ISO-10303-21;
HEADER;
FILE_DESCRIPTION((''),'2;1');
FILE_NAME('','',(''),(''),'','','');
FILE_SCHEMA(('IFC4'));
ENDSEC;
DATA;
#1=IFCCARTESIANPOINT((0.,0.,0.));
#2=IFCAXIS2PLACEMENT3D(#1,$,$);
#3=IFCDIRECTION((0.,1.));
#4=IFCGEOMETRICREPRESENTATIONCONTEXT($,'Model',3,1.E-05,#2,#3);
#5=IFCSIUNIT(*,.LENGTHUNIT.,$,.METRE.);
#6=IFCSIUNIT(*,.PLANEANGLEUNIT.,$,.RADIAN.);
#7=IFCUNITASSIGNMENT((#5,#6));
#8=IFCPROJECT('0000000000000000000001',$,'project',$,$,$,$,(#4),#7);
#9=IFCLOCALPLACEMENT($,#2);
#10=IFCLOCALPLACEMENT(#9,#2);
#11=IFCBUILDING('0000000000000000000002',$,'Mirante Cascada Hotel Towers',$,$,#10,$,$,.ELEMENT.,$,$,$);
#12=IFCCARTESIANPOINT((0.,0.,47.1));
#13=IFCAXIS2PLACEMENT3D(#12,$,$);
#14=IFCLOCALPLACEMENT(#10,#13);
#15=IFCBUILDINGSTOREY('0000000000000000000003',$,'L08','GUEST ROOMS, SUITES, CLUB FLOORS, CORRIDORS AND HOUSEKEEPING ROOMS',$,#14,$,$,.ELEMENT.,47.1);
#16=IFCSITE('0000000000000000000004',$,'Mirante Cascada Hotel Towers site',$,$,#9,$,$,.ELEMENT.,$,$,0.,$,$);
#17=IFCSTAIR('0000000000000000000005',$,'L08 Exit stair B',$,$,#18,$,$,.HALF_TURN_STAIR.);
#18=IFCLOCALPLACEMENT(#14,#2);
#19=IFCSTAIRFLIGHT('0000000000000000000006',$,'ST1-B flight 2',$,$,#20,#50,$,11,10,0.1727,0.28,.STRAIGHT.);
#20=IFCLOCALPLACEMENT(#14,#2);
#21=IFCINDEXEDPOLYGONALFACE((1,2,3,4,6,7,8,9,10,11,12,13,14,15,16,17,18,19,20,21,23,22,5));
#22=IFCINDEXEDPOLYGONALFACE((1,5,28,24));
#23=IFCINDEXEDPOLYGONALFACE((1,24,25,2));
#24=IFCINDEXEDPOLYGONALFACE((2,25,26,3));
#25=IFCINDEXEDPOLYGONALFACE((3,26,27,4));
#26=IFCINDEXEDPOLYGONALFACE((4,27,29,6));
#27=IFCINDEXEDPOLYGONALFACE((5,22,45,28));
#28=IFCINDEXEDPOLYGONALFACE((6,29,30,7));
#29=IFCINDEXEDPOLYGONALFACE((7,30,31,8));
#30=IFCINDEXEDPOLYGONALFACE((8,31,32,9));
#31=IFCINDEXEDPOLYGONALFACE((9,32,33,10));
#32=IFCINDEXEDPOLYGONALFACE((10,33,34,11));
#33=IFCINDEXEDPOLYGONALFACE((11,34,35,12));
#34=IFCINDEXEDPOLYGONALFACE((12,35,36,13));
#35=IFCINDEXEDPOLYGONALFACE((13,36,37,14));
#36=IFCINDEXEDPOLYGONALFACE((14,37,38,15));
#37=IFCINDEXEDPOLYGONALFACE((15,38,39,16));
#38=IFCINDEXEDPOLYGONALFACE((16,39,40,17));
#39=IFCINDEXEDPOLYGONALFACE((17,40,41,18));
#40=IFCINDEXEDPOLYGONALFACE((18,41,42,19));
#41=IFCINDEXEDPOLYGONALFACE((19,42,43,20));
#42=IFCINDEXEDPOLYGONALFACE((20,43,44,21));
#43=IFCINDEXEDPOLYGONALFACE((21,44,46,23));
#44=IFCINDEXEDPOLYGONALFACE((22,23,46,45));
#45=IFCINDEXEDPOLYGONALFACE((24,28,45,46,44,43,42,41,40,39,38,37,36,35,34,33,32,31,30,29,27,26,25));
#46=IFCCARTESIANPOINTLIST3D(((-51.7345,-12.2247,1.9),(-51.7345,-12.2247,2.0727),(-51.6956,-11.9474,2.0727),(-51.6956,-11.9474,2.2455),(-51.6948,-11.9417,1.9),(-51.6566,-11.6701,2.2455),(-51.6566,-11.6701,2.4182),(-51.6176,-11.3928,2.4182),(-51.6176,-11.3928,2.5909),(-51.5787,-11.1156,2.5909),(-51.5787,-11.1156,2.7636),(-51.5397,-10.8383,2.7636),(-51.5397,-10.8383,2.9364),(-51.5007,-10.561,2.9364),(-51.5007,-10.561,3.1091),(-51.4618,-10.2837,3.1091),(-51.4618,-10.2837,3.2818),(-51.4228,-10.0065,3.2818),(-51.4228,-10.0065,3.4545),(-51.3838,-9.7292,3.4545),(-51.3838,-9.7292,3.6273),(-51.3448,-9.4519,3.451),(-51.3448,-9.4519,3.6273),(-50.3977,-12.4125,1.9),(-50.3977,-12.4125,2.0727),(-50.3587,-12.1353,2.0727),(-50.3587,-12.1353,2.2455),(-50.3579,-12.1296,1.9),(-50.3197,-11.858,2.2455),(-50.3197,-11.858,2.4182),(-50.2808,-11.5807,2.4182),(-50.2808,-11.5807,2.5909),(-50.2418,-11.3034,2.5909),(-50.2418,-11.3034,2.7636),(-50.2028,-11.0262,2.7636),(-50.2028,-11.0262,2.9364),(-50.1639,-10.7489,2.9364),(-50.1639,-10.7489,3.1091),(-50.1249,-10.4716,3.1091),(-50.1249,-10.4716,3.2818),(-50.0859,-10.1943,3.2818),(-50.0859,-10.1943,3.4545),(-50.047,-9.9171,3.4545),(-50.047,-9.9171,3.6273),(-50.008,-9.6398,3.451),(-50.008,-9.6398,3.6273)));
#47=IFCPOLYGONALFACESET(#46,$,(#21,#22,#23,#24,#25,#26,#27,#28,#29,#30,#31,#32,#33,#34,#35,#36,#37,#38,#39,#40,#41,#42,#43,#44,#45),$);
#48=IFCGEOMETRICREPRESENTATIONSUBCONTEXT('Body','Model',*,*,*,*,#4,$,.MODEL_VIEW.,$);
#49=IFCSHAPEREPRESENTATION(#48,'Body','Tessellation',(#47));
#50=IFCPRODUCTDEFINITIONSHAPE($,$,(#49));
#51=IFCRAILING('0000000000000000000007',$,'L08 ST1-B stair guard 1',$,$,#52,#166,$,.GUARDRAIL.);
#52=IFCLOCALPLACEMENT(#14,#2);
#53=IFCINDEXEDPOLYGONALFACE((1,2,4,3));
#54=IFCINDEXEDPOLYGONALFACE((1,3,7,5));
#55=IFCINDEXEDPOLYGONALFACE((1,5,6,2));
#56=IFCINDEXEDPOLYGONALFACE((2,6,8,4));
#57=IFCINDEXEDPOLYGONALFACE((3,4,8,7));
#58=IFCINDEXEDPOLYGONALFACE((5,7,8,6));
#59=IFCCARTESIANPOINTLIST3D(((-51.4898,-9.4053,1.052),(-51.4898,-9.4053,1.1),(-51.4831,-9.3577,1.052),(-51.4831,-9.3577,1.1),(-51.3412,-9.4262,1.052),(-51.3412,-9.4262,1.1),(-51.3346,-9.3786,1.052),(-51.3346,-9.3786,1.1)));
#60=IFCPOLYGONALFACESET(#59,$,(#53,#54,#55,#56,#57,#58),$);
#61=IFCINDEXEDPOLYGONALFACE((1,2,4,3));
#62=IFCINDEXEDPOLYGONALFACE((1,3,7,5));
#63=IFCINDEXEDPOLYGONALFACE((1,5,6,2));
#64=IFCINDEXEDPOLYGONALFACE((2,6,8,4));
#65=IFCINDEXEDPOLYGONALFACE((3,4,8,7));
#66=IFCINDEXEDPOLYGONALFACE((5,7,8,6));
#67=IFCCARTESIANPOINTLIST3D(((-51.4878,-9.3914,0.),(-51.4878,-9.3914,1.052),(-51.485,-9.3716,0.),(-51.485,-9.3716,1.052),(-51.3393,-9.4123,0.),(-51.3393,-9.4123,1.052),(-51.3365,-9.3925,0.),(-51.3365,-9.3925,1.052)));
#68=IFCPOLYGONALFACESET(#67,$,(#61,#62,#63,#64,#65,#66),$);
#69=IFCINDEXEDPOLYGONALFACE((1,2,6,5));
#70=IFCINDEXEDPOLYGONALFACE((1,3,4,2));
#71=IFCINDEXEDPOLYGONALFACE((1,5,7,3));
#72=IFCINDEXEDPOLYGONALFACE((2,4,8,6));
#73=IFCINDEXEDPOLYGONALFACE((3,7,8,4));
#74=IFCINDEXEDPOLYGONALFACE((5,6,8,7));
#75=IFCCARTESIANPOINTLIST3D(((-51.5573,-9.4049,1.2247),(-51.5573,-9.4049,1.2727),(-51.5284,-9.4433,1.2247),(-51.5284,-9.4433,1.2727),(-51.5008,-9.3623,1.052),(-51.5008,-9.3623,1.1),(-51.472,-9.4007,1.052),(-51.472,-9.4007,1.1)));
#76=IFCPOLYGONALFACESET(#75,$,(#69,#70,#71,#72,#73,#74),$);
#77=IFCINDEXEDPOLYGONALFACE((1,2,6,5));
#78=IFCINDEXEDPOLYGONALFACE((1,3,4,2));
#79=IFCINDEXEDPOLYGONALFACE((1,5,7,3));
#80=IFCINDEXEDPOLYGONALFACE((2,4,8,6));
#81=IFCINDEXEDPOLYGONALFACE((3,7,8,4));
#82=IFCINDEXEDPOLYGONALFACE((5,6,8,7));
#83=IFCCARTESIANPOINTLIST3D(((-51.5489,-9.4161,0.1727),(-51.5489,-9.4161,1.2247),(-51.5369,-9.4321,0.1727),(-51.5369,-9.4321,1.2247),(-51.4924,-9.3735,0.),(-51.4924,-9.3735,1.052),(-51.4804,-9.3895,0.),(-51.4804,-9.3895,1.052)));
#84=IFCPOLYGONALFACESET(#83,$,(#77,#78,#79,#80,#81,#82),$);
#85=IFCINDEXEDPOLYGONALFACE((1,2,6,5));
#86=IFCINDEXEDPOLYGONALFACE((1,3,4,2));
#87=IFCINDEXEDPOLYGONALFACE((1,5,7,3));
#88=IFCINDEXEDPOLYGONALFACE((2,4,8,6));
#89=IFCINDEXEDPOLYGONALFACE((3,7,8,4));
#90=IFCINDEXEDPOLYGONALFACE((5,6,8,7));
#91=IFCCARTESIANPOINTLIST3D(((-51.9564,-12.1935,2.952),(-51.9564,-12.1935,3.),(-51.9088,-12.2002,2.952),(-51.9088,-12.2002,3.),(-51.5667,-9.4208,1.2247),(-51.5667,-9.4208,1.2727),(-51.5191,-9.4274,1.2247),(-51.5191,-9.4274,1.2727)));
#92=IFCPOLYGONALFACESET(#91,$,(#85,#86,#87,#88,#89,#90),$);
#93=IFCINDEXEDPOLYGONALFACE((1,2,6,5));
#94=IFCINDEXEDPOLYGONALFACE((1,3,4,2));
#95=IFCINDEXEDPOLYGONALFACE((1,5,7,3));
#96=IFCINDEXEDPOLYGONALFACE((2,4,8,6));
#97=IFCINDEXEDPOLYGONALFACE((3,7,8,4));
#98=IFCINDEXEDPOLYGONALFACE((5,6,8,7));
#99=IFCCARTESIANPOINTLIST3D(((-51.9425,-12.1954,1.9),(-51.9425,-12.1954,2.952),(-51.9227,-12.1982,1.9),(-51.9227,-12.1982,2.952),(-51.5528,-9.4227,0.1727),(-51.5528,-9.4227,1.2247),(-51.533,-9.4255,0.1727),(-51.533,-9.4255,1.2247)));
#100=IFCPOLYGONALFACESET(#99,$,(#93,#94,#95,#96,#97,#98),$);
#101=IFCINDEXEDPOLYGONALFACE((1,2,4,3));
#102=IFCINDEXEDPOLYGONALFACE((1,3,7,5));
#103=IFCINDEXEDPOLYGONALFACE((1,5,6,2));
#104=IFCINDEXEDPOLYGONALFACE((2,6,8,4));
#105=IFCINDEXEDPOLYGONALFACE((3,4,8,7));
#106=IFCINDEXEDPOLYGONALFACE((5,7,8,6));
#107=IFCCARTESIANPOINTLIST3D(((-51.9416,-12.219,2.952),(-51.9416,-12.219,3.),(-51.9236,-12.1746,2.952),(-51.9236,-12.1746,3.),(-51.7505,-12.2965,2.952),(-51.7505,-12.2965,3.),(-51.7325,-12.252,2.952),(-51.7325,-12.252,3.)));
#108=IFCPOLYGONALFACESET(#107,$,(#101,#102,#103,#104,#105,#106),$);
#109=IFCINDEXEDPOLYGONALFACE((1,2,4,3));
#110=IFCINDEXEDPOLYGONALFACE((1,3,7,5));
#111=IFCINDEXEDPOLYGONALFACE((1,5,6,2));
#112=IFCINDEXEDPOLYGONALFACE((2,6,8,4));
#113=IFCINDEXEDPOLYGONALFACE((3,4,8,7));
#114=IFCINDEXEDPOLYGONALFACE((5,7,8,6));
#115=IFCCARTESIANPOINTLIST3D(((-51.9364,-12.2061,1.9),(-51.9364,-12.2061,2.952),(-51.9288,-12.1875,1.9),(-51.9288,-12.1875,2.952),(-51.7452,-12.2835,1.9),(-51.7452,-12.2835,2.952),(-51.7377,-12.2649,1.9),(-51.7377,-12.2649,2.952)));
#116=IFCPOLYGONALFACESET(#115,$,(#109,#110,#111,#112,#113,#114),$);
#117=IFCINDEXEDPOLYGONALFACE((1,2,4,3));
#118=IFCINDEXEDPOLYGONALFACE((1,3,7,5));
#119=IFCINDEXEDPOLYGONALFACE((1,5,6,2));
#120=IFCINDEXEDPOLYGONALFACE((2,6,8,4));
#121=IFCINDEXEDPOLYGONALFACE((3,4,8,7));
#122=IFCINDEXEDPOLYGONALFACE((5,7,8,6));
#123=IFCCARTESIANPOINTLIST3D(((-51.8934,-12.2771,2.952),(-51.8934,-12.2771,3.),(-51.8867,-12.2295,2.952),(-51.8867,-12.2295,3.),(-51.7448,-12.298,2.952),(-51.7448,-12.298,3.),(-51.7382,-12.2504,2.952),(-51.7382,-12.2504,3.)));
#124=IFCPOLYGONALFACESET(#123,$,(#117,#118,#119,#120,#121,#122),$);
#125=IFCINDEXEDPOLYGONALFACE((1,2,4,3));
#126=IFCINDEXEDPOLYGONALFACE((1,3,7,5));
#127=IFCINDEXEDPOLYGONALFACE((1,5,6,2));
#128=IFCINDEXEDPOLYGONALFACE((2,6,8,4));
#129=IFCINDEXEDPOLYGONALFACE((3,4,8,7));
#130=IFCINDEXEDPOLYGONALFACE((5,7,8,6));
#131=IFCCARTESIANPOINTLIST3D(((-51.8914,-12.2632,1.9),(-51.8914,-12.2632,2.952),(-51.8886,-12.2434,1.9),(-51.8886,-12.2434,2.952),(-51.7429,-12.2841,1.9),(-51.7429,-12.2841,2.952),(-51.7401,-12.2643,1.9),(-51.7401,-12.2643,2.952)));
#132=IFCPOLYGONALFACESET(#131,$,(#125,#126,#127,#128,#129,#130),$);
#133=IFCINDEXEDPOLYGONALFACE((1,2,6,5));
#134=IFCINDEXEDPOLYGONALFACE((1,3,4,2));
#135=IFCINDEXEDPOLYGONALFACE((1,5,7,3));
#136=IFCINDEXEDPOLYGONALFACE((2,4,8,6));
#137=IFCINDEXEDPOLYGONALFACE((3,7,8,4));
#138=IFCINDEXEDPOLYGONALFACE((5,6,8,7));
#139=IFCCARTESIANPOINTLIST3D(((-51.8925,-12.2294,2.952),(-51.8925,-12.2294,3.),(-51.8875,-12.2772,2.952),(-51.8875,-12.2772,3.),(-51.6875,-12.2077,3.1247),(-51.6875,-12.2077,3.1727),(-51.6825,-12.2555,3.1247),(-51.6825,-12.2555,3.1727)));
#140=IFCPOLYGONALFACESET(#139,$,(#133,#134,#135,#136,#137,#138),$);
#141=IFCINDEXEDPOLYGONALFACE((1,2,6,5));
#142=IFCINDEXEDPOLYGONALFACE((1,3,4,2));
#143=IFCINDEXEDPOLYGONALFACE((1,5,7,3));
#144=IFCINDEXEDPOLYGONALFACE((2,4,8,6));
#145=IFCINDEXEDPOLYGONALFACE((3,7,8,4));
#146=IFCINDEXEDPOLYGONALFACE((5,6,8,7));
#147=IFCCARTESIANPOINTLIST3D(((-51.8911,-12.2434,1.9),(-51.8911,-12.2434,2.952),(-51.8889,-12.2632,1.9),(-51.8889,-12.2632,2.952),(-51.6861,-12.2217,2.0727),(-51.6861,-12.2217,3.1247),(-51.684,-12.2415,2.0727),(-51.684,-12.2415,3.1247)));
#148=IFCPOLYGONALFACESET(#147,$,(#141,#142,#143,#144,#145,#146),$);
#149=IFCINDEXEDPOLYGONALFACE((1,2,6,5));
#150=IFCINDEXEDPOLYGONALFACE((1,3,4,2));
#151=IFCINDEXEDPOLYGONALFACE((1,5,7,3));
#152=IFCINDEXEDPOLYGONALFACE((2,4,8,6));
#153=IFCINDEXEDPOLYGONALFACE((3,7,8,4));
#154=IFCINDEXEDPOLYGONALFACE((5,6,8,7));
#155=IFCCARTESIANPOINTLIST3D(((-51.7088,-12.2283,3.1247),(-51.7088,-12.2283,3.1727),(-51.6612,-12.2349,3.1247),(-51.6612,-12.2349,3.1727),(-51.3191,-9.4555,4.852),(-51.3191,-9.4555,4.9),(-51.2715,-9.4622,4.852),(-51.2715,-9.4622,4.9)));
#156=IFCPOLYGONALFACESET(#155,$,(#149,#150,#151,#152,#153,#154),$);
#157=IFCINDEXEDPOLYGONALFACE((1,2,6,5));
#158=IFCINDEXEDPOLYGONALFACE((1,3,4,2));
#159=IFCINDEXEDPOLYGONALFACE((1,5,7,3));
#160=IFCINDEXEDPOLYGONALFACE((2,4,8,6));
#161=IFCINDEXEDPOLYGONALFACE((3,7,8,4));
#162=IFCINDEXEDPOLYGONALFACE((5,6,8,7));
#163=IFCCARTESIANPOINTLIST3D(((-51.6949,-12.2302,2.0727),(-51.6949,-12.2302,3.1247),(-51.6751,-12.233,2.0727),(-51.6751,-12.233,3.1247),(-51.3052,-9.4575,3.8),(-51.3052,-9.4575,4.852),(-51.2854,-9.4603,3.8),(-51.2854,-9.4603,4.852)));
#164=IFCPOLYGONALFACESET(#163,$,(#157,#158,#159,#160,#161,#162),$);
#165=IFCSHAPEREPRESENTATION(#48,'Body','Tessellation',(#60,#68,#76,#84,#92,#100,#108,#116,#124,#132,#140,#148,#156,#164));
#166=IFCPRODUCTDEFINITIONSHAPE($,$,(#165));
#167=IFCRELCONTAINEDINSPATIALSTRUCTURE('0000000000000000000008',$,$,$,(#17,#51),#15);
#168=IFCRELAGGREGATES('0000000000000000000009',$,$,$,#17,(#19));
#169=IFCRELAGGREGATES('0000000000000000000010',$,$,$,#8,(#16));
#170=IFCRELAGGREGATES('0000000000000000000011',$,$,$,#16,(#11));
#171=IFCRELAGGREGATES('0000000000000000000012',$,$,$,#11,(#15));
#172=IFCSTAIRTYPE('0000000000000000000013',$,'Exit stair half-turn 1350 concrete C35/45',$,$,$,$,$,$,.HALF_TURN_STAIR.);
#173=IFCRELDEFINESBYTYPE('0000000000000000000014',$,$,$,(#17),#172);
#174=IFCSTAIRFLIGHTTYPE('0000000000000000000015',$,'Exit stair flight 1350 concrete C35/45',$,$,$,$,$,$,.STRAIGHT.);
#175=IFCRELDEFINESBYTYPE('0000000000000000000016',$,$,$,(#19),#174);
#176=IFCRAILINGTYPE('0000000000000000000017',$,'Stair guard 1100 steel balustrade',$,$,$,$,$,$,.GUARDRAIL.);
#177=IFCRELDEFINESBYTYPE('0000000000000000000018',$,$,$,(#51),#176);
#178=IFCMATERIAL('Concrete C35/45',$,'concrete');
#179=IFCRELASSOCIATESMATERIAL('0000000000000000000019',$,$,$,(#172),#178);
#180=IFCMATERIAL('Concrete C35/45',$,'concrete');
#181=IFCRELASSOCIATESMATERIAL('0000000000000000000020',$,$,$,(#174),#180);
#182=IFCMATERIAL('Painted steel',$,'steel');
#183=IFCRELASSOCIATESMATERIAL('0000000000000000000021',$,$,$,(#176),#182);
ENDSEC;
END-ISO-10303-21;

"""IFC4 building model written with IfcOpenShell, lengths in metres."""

from ifc_helpers import new_model, si_unit, direction, frame, origin, origin_2d, place, context, subcontext, project, spatial, polyline, rectangle, outline, extrude, material, type_object, element, aggregate, save


model = new_model("IFC4")

# Units and contexts
model_context = context("Model", 3, precision=1e-05, world=origin(), true_north=direction((0.0, 1.0)))
body_context = subcontext(model_context, "Body", "Model", "MODEL_VIEW")
ifc_project = project(units=[si_unit("LENGTHUNIT", "METRE"), si_unit("PLANEANGLEUNIT", "RADIAN")], contexts=[model_context])

# Site, building, storey
site_placement = place(None, origin())
site = spatial("IfcSite", under=ifc_project, at=site_placement, Name="Mirante Cascada Hotel Towers site", CompositionType="ELEMENT", RefElevation=0.0)
building_placement = place(site_placement, origin())
building = spatial("IfcBuilding", under=site, at=building_placement, Name="Mirante Cascada Hotel Towers", CompositionType="ELEMENT")
storey_placement = place(building_placement, frame((0.0, 0.0, 47.1)))
storey = spatial("IfcBuildingStorey", under=building, at=storey_placement, Name="L08", Description="GUEST ROOMS, SUITES, CLUB FLOORS, CORRIDORS AND HOUSEKEEPING ROOMS", CompositionType="ELEMENT", Elevation=47.1)

# Stair, stair flight
ifc_material_1 = material(Name="Concrete C35/45", Category="concrete")
stair_type = type_object("IfcStairType", Name="Exit stair half-turn 1350 concrete C35/45", PredefinedType="HALF_TURN_STAIR", material=ifc_material_1)
stair_placement = place(storey_placement, origin())
stair = element("IfcStair", 1, at=stair_placement, inside=storey, type_object=stair_type, Name="L08 Exit stair B", PredefinedType="HALF_TURN_STAIR")
ifc_material_2 = material(Name="Concrete C35/45", Category="concrete")
stair_flight_type = type_object("IfcStairFlightType", Name="Exit stair flight 1350 concrete C35/45", PredefinedType="STRAIGHT", material=ifc_material_2)
stair_flight_1_placement = place(storey_placement, frame((-51.0661, -12.3186, 1.9), z_axis=(0.0, 0.0, 1.0), x_axis=(0.139173, 0.990268, 0.0)))
stair_flight_1 = element("IfcStairFlight", 2, at=stair_flight_1_placement, type_object=stair_flight_type, Name="ST1-B flight 2", NumberOfRisers=11, NumberOfTreads=10, PredefinedType="STRAIGHT", RiserHeight=0.1727, TreadLength=0.28, context=body_context, shape_type="SweptSolid", body=[
    extrude(outline(polyline([(0.0, 0.0), (0.0, 0.1727), (0.28, 0.1727), (0.28, 0.3455), (0.56, 0.3455), (0.56, 0.5182), (0.84, 0.5182), (0.84, 0.6909), (1.12, 0.6909), (1.12, 0.8636), (1.4, 0.8636), (1.4, 1.0364), (1.68, 1.0364), (1.68, 1.2091), (1.96, 1.2091), (1.96, 1.3818), (2.24, 1.3818), (2.24, 1.5545), (2.52, 1.5545), (2.52, 1.7273), (2.8, 1.7273), (2.8, 1.9), (2.8, 1.551), (0.2857, 0.0), (0.0, 0.0)])), frame((0.0, 0.675, 0.0), z_axis=(0.0, -1.0, 0.0), x_axis=(1.0, 0.0, 0.0)), (0.0, 0.0, 1.0), 1.35),
])
aggregate(stair, [stair_flight_1])

# Railing
ifc_material_3 = material(Name="Painted steel", Category="steel")
railing_type = type_object("IfcRailingType", Name="Stair guard 1100 steel balustrade", PredefinedType="GUARDRAIL", material=ifc_material_3)
railing_placement = place(storey_placement, frame((-51.3379, -9.4024, 0.0)))
element("IfcRailing", 3, at=railing_placement, inside=storey, type_object=railing_type, Name="L08 ST1-B stair guard 1", PredefinedType="GUARDRAIL", context=body_context, shape_type="SweptSolid", body=[
    extrude(rectangle(XDim=0.048, YDim=0.048, at=origin_2d()), frame((0.0, 0.0, 1.076), z_axis=(-0.990241, 0.139367, 0.0), x_axis=(-0.139367, -0.990241, 0.0)), (0.0, 0.0, 1.0), 0.15),
    extrude(rectangle(XDim=0.02, YDim=1.052, at=origin_2d()), frame((0.0, 0.0, 0.526), z_axis=(-0.990241, 0.139367, 0.0), x_axis=(-0.139367, -0.990241, 0.0)), (0.0, 0.0, 1.0), 0.15),
    extrude(rectangle(XDim=0.048, YDim=0.048, at=origin_2d()), frame((-0.1485, 0.0209, 1.076), z_axis=(-0.798471, -0.602033, 0.0), x_axis=(0.602033, -0.798471, 0.0)), (0.0, 0.92534, 0.379139), 0.1866),
    extrude(rectangle(XDim=0.02, YDim=1.052, at=origin_2d()), frame((-0.1485, 0.0209, 0.526), z_axis=(-0.798471, -0.602033, 0.0), x_axis=(0.602033, -0.798471, 0.0)), (0.0, 0.92534, 0.379139), 0.1866),
    extrude(rectangle(XDim=0.048, YDim=0.048, at=origin_2d()), frame((-0.205, -0.0217, 1.2487), z_axis=(-0.139181, -0.990267, 0.0), x_axis=(0.990267, -0.139181, 0.0)), (0.0, 0.525035, 0.851081), 3.2899),
    extrude(rectangle(XDim=0.02, YDim=1.052, at=origin_2d()), frame((-0.205, -0.0217, 0.6987), z_axis=(-0.139181, -0.990267, 0.0), x_axis=(0.990267, -0.139181, 0.0)), (0.0, 0.525035, 0.851081), 3.2899),
    extrude(rectangle(XDim=0.048, YDim=0.048, at=origin_2d()), frame((-0.5947, -2.7944, 2.976), z_axis=(0.926862, -0.375401, 0.0), x_axis=(0.375401, 0.926862, 0.0)), (0.0, 0.0, 1.0), 0.2062),
    extrude(rectangle(XDim=0.02, YDim=1.052, at=origin_2d()), frame((-0.5947, -2.7944, 2.426), z_axis=(0.926862, -0.375401, 0.0), x_axis=(0.375401, 0.926862, 0.0)), (0.0, 0.0, 1.0), 0.2062),
    extrude(rectangle(XDim=0.048, YDim=0.048, at=origin_2d()), frame((-0.4036, -2.8718, 2.976), z_axis=(-0.990241, 0.139367, 0.0), x_axis=(-0.139367, -0.990241, 0.0)), (0.0, 0.0, 1.0), 0.15),
    extrude(rectangle(XDim=0.02, YDim=1.052, at=origin_2d()), frame((-0.4036, -2.8718, 2.426), z_axis=(-0.990241, 0.139367, 0.0), x_axis=(-0.139367, -0.990241, 0.0)), (0.0, 0.0, 1.0), 0.15),
    extrude(rectangle(XDim=0.048, YDim=0.048, at=origin_2d()), frame((-0.5521, -2.8509, 2.976), z_axis=(0.994444, 0.105266, 0.0), x_axis=(-0.105266, 0.994444, 0.0)), (0.0, 0.642184, 0.76655), 0.2689),
    extrude(rectangle(XDim=0.02, YDim=1.052, at=origin_2d()), frame((-0.5521, -2.8509, 2.426), z_axis=(0.994444, 0.105266, 0.0), x_axis=(-0.105266, 0.994444, 0.0)), (0.0, 0.642184, 0.76655), 0.2689),
    extrude(rectangle(XDim=0.048, YDim=0.048, at=origin_2d()), frame((-0.3471, -2.8292, 3.1487), z_axis=(0.139181, 0.990267, 0.0), x_axis=(-0.990267, 0.139181, 0.0)), (0.0, 0.525035, 0.851081), 3.2899),
    extrude(rectangle(XDim=0.02, YDim=1.052, at=origin_2d()), frame((-0.3471, -2.8292, 2.5987), z_axis=(0.139181, 0.990267, 0.0), x_axis=(-0.990267, 0.139181, 0.0)), (0.0, 0.525035, 0.851081), 3.2899),
])

save(model, "model.ifc")
